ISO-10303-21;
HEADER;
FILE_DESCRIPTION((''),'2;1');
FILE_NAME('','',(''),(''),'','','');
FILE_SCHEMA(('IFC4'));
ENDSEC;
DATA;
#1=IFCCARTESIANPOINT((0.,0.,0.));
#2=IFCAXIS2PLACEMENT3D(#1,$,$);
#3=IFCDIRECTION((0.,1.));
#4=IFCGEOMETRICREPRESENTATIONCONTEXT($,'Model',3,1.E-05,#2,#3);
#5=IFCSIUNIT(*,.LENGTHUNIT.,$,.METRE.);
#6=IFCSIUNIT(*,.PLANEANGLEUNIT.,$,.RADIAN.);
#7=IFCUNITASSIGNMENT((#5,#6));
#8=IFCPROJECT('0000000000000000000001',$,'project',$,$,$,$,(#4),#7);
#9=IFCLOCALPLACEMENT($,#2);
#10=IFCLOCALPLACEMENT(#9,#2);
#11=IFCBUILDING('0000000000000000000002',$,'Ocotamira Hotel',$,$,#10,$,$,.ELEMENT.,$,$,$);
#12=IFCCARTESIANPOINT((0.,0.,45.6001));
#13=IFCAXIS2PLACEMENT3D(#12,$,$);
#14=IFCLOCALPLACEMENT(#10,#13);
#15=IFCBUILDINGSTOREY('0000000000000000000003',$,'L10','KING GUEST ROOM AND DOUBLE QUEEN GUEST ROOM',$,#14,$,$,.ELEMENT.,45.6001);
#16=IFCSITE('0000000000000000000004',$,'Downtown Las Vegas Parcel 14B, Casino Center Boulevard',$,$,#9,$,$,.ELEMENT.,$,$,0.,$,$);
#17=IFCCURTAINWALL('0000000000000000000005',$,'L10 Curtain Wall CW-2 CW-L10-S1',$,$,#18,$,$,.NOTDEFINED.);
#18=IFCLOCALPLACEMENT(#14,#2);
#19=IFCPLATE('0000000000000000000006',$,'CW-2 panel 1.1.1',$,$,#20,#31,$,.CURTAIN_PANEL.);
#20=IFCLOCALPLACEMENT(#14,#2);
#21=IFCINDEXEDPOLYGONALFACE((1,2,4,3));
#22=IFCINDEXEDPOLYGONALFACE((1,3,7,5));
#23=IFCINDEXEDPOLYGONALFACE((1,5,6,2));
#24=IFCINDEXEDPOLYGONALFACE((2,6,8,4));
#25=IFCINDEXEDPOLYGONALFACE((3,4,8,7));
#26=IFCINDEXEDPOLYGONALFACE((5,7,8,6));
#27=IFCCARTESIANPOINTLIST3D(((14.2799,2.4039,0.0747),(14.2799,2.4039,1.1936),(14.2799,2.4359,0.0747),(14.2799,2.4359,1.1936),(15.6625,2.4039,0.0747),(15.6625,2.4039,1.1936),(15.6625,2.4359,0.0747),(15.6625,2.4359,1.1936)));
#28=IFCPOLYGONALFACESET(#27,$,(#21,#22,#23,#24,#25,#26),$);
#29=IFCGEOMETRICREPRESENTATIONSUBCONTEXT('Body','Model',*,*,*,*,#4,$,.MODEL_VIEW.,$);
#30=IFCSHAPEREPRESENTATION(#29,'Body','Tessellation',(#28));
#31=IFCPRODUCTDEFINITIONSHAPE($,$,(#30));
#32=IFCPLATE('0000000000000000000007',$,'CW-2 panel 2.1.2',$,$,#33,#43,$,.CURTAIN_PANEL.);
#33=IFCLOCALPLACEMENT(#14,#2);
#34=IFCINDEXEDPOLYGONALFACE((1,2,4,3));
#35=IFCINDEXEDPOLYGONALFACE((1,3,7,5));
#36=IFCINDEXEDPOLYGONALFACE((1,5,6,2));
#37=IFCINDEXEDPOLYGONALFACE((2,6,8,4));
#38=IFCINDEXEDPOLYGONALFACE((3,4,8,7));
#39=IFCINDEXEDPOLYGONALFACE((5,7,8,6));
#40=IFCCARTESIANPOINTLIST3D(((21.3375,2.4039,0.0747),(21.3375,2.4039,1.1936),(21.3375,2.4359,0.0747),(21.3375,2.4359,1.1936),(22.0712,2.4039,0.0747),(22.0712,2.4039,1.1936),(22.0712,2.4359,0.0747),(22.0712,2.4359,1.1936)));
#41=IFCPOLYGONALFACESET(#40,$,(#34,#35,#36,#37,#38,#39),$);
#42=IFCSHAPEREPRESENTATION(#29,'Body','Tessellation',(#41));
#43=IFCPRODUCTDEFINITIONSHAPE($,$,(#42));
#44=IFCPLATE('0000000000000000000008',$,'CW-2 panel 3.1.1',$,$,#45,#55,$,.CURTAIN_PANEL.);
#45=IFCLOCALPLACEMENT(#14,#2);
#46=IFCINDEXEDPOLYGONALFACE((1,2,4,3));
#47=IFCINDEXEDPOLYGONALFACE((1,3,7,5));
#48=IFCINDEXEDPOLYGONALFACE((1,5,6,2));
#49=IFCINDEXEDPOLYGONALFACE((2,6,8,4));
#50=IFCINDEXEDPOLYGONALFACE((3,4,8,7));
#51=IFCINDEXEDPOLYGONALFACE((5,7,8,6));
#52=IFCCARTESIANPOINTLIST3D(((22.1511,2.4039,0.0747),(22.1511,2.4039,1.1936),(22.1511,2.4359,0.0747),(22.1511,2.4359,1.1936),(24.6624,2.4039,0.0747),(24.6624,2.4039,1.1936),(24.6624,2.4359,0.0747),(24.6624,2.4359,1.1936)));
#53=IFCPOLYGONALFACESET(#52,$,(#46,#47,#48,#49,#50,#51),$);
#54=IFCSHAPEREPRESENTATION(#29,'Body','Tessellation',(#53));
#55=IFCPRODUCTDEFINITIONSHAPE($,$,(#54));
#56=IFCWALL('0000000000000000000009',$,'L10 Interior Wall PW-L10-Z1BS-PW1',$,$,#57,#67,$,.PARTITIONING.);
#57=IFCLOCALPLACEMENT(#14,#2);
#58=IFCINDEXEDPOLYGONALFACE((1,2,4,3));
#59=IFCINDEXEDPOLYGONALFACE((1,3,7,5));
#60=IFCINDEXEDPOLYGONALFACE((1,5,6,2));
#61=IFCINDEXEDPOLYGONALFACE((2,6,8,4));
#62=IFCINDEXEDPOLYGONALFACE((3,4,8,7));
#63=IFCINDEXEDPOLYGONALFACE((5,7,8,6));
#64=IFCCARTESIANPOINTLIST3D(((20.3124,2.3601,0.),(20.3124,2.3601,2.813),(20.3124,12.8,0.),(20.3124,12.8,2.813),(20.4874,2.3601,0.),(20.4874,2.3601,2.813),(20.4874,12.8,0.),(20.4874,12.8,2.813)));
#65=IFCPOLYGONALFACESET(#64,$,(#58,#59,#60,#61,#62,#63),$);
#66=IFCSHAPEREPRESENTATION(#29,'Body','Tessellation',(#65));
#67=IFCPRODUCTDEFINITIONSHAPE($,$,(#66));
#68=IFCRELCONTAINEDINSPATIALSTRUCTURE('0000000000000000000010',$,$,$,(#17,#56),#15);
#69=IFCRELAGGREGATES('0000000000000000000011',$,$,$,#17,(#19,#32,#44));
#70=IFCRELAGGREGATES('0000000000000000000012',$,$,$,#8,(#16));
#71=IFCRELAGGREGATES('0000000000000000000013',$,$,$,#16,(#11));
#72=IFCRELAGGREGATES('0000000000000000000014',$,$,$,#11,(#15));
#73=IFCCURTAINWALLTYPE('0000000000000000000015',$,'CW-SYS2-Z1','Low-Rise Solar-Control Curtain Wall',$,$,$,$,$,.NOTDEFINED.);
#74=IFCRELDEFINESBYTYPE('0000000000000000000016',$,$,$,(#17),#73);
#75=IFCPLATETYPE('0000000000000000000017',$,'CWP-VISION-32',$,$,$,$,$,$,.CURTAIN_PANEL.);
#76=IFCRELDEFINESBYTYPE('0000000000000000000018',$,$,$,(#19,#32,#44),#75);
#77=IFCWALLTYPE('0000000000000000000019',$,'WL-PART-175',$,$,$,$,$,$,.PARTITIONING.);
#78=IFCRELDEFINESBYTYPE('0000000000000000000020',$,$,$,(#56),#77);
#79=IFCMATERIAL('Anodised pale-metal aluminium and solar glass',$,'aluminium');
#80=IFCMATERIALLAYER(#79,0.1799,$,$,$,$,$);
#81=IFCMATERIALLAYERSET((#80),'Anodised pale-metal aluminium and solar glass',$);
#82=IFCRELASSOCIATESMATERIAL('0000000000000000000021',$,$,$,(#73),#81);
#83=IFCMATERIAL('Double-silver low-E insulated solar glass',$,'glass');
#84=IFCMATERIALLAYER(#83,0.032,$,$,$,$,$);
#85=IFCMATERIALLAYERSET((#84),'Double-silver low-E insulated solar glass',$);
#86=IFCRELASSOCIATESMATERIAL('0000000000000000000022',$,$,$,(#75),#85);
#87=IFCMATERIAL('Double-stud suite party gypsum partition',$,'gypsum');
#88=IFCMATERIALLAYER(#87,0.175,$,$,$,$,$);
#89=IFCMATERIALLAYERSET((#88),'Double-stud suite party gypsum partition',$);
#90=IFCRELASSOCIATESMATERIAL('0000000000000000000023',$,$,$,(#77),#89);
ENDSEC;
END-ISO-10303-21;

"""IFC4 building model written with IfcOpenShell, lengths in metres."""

from ifc_helpers import new_model, si_unit, direction, frame, frame_2d, origin, origin_2d, place, context, subcontext, project, spatial, rectangle, extrude, source, transform, mapped, material, layer, layer_set, type_object, element, aggregate, save


model = new_model("IFC4")

# Units and contexts
model_context = context("Model", 3, precision=1e-05, world=origin(), true_north=direction((0.0, 1.0)))
body_context = subcontext(model_context, "Body", "Model", "MODEL_VIEW")
ifc_project = project(units=[si_unit("LENGTHUNIT", "METRE"), si_unit("PLANEANGLEUNIT", "RADIAN")], contexts=[model_context])

# Site, building, storey
site_placement = place(None, origin())
site = spatial("IfcSite", under=ifc_project, at=site_placement, Name="Downtown Las Vegas Parcel 14B, Casino Center Boulevard", CompositionType="ELEMENT", RefElevation=0.0)
building_placement = place(site_placement, origin())
building = spatial("IfcBuilding", under=site, at=building_placement, Name="Ocotamira Hotel", CompositionType="ELEMENT")
storey_placement = place(building_placement, frame((0.0, 0.0, 45.6001)))
storey = spatial("IfcBuildingStorey", under=building, at=storey_placement, Name="L10", Description="KING GUEST ROOM AND DOUBLE QUEEN GUEST ROOM", CompositionType="ELEMENT", Elevation=45.6001)

# Curtain wall
ifc_material_1 = material(Name="Anodised pale-metal aluminium and solar glass", Category="aluminium")
ifc_layer_1 = layer(ifc_material_1, 0.1799)
ifc_layer_set_1 = layer_set([ifc_layer_1], Name="Anodised pale-metal aluminium and solar glass")
curtain_wall_type = type_object("IfcCurtainWallType", Name="CW-SYS2-Z1", Description="Low-Rise Solar-Control Curtain Wall", PredefinedType="NOTDEFINED", material=ifc_layer_set_1)
curtain_wall_placement = place(storey_placement, origin())
curtain_wall = element("IfcCurtainWall", 1, at=curtain_wall_placement, inside=storey, type_object=curtain_wall_type, Name="L10 Curtain Wall CW-2 CW-L10-S1", PredefinedType="NOTDEFINED")

# Plates
ifc_material_2 = material(Name="Double-silver low-E insulated solar glass", Category="glass")
ifc_layer_2 = layer(ifc_material_2, 0.032)
ifc_layer_set_2 = layer_set([ifc_layer_2], Name="Double-silver low-E insulated solar glass")
plate_type_1 = type_object("IfcPlateType", Name="CWP-VISION-32", PredefinedType="CURTAIN_PANEL", material=ifc_layer_set_2)
shared_shape_1 = source(origin(), body_context, "Body", "SweptSolid", [
    extrude(rectangle(XDim=1.3826, YDim=0.032, at=origin_2d()), origin(), (0.0, 0.0, 1.0), 1.1189),
])
plate_1_placement = place(storey_placement, frame((14.9712, 2.4199, 0.0747), z_axis=(0.0, 0.0, 1.0), x_axis=(1.0, 0.0, 0.0)))
plate_1 = element("IfcPlate", 2, at=plate_1_placement, type_object=plate_type_1, Name="CW-2 panel 1.1.1", PredefinedType="CURTAIN_PANEL", context=body_context, shape_type="MappedRepresentation", body=[
    mapped(shared_shape_1, transform((0.0, 0.0, 0.0), scale=1.0)),
])
shared_shape_2 = source(origin(), body_context, "Body", "SweptSolid", [
    extrude(rectangle(XDim=0.7336, YDim=0.032, at=origin_2d()), origin(), (0.0, 0.0, 1.0), 1.1189),
])
plate_2_placement = place(storey_placement, frame((21.7043, 2.4199, 0.0747), z_axis=(0.0, 0.0, 1.0), x_axis=(1.0, 0.0, 0.0)))
plate_2 = element("IfcPlate", 3, at=plate_2_placement, type_object=plate_type_1, Name="CW-2 panel 2.1.2", PredefinedType="CURTAIN_PANEL", context=body_context, shape_type="MappedRepresentation", body=[
    mapped(shared_shape_2, transform((0.0, 0.0, 0.0), scale=1.0)),
])
shared_shape_3 = source(origin(), body_context, "Body", "SweptSolid", [
    extrude(rectangle(XDim=2.5112, YDim=0.032, at=origin_2d()), origin(), (0.0, 0.0, 1.0), 1.1189),
])
plate_3_placement = place(storey_placement, frame((23.4067, 2.4199, 0.0747), z_axis=(0.0, 0.0, 1.0), x_axis=(1.0, 0.0, 0.0)))
plate_3 = element("IfcPlate", 4, at=plate_3_placement, type_object=plate_type_1, Name="CW-2 panel 3.1.1", PredefinedType="CURTAIN_PANEL", context=body_context, shape_type="MappedRepresentation", body=[
    mapped(shared_shape_3, transform((0.0, 0.0, 0.0), scale=1.0)),
])
aggregate(curtain_wall, [plate_1, plate_2, plate_3])

# Wall
ifc_material_3 = material(Name="Double-stud suite party gypsum partition", Category="gypsum")
ifc_layer_3 = layer(ifc_material_3, 0.175)
ifc_layer_set_3 = layer_set([ifc_layer_3], Name="Double-stud suite party gypsum partition")
wall_type = type_object("IfcWallType", Name="WL-PART-175", PredefinedType="PARTITIONING", material=ifc_layer_set_3)
wall_placement = place(storey_placement, frame((20.3999, 2.3601, 0.0), z_axis=(0.0, 0.0, 1.0), x_axis=(0.0, 1.0, 0.0)))
element("IfcWall", 5, at=wall_placement, inside=storey, type_object=wall_type, Name="L10 Interior Wall PW-L10-Z1BS-PW1", PredefinedType="PARTITIONING", context=body_context, shape_type="SweptSolid", body=[
    extrude(rectangle(XDim=10.4399, YDim=0.175, at=frame_2d((5.22, 0.0))), origin(), (0.0, 0.0, 1.0), 2.813),
])

save(model, "model.ifc")
